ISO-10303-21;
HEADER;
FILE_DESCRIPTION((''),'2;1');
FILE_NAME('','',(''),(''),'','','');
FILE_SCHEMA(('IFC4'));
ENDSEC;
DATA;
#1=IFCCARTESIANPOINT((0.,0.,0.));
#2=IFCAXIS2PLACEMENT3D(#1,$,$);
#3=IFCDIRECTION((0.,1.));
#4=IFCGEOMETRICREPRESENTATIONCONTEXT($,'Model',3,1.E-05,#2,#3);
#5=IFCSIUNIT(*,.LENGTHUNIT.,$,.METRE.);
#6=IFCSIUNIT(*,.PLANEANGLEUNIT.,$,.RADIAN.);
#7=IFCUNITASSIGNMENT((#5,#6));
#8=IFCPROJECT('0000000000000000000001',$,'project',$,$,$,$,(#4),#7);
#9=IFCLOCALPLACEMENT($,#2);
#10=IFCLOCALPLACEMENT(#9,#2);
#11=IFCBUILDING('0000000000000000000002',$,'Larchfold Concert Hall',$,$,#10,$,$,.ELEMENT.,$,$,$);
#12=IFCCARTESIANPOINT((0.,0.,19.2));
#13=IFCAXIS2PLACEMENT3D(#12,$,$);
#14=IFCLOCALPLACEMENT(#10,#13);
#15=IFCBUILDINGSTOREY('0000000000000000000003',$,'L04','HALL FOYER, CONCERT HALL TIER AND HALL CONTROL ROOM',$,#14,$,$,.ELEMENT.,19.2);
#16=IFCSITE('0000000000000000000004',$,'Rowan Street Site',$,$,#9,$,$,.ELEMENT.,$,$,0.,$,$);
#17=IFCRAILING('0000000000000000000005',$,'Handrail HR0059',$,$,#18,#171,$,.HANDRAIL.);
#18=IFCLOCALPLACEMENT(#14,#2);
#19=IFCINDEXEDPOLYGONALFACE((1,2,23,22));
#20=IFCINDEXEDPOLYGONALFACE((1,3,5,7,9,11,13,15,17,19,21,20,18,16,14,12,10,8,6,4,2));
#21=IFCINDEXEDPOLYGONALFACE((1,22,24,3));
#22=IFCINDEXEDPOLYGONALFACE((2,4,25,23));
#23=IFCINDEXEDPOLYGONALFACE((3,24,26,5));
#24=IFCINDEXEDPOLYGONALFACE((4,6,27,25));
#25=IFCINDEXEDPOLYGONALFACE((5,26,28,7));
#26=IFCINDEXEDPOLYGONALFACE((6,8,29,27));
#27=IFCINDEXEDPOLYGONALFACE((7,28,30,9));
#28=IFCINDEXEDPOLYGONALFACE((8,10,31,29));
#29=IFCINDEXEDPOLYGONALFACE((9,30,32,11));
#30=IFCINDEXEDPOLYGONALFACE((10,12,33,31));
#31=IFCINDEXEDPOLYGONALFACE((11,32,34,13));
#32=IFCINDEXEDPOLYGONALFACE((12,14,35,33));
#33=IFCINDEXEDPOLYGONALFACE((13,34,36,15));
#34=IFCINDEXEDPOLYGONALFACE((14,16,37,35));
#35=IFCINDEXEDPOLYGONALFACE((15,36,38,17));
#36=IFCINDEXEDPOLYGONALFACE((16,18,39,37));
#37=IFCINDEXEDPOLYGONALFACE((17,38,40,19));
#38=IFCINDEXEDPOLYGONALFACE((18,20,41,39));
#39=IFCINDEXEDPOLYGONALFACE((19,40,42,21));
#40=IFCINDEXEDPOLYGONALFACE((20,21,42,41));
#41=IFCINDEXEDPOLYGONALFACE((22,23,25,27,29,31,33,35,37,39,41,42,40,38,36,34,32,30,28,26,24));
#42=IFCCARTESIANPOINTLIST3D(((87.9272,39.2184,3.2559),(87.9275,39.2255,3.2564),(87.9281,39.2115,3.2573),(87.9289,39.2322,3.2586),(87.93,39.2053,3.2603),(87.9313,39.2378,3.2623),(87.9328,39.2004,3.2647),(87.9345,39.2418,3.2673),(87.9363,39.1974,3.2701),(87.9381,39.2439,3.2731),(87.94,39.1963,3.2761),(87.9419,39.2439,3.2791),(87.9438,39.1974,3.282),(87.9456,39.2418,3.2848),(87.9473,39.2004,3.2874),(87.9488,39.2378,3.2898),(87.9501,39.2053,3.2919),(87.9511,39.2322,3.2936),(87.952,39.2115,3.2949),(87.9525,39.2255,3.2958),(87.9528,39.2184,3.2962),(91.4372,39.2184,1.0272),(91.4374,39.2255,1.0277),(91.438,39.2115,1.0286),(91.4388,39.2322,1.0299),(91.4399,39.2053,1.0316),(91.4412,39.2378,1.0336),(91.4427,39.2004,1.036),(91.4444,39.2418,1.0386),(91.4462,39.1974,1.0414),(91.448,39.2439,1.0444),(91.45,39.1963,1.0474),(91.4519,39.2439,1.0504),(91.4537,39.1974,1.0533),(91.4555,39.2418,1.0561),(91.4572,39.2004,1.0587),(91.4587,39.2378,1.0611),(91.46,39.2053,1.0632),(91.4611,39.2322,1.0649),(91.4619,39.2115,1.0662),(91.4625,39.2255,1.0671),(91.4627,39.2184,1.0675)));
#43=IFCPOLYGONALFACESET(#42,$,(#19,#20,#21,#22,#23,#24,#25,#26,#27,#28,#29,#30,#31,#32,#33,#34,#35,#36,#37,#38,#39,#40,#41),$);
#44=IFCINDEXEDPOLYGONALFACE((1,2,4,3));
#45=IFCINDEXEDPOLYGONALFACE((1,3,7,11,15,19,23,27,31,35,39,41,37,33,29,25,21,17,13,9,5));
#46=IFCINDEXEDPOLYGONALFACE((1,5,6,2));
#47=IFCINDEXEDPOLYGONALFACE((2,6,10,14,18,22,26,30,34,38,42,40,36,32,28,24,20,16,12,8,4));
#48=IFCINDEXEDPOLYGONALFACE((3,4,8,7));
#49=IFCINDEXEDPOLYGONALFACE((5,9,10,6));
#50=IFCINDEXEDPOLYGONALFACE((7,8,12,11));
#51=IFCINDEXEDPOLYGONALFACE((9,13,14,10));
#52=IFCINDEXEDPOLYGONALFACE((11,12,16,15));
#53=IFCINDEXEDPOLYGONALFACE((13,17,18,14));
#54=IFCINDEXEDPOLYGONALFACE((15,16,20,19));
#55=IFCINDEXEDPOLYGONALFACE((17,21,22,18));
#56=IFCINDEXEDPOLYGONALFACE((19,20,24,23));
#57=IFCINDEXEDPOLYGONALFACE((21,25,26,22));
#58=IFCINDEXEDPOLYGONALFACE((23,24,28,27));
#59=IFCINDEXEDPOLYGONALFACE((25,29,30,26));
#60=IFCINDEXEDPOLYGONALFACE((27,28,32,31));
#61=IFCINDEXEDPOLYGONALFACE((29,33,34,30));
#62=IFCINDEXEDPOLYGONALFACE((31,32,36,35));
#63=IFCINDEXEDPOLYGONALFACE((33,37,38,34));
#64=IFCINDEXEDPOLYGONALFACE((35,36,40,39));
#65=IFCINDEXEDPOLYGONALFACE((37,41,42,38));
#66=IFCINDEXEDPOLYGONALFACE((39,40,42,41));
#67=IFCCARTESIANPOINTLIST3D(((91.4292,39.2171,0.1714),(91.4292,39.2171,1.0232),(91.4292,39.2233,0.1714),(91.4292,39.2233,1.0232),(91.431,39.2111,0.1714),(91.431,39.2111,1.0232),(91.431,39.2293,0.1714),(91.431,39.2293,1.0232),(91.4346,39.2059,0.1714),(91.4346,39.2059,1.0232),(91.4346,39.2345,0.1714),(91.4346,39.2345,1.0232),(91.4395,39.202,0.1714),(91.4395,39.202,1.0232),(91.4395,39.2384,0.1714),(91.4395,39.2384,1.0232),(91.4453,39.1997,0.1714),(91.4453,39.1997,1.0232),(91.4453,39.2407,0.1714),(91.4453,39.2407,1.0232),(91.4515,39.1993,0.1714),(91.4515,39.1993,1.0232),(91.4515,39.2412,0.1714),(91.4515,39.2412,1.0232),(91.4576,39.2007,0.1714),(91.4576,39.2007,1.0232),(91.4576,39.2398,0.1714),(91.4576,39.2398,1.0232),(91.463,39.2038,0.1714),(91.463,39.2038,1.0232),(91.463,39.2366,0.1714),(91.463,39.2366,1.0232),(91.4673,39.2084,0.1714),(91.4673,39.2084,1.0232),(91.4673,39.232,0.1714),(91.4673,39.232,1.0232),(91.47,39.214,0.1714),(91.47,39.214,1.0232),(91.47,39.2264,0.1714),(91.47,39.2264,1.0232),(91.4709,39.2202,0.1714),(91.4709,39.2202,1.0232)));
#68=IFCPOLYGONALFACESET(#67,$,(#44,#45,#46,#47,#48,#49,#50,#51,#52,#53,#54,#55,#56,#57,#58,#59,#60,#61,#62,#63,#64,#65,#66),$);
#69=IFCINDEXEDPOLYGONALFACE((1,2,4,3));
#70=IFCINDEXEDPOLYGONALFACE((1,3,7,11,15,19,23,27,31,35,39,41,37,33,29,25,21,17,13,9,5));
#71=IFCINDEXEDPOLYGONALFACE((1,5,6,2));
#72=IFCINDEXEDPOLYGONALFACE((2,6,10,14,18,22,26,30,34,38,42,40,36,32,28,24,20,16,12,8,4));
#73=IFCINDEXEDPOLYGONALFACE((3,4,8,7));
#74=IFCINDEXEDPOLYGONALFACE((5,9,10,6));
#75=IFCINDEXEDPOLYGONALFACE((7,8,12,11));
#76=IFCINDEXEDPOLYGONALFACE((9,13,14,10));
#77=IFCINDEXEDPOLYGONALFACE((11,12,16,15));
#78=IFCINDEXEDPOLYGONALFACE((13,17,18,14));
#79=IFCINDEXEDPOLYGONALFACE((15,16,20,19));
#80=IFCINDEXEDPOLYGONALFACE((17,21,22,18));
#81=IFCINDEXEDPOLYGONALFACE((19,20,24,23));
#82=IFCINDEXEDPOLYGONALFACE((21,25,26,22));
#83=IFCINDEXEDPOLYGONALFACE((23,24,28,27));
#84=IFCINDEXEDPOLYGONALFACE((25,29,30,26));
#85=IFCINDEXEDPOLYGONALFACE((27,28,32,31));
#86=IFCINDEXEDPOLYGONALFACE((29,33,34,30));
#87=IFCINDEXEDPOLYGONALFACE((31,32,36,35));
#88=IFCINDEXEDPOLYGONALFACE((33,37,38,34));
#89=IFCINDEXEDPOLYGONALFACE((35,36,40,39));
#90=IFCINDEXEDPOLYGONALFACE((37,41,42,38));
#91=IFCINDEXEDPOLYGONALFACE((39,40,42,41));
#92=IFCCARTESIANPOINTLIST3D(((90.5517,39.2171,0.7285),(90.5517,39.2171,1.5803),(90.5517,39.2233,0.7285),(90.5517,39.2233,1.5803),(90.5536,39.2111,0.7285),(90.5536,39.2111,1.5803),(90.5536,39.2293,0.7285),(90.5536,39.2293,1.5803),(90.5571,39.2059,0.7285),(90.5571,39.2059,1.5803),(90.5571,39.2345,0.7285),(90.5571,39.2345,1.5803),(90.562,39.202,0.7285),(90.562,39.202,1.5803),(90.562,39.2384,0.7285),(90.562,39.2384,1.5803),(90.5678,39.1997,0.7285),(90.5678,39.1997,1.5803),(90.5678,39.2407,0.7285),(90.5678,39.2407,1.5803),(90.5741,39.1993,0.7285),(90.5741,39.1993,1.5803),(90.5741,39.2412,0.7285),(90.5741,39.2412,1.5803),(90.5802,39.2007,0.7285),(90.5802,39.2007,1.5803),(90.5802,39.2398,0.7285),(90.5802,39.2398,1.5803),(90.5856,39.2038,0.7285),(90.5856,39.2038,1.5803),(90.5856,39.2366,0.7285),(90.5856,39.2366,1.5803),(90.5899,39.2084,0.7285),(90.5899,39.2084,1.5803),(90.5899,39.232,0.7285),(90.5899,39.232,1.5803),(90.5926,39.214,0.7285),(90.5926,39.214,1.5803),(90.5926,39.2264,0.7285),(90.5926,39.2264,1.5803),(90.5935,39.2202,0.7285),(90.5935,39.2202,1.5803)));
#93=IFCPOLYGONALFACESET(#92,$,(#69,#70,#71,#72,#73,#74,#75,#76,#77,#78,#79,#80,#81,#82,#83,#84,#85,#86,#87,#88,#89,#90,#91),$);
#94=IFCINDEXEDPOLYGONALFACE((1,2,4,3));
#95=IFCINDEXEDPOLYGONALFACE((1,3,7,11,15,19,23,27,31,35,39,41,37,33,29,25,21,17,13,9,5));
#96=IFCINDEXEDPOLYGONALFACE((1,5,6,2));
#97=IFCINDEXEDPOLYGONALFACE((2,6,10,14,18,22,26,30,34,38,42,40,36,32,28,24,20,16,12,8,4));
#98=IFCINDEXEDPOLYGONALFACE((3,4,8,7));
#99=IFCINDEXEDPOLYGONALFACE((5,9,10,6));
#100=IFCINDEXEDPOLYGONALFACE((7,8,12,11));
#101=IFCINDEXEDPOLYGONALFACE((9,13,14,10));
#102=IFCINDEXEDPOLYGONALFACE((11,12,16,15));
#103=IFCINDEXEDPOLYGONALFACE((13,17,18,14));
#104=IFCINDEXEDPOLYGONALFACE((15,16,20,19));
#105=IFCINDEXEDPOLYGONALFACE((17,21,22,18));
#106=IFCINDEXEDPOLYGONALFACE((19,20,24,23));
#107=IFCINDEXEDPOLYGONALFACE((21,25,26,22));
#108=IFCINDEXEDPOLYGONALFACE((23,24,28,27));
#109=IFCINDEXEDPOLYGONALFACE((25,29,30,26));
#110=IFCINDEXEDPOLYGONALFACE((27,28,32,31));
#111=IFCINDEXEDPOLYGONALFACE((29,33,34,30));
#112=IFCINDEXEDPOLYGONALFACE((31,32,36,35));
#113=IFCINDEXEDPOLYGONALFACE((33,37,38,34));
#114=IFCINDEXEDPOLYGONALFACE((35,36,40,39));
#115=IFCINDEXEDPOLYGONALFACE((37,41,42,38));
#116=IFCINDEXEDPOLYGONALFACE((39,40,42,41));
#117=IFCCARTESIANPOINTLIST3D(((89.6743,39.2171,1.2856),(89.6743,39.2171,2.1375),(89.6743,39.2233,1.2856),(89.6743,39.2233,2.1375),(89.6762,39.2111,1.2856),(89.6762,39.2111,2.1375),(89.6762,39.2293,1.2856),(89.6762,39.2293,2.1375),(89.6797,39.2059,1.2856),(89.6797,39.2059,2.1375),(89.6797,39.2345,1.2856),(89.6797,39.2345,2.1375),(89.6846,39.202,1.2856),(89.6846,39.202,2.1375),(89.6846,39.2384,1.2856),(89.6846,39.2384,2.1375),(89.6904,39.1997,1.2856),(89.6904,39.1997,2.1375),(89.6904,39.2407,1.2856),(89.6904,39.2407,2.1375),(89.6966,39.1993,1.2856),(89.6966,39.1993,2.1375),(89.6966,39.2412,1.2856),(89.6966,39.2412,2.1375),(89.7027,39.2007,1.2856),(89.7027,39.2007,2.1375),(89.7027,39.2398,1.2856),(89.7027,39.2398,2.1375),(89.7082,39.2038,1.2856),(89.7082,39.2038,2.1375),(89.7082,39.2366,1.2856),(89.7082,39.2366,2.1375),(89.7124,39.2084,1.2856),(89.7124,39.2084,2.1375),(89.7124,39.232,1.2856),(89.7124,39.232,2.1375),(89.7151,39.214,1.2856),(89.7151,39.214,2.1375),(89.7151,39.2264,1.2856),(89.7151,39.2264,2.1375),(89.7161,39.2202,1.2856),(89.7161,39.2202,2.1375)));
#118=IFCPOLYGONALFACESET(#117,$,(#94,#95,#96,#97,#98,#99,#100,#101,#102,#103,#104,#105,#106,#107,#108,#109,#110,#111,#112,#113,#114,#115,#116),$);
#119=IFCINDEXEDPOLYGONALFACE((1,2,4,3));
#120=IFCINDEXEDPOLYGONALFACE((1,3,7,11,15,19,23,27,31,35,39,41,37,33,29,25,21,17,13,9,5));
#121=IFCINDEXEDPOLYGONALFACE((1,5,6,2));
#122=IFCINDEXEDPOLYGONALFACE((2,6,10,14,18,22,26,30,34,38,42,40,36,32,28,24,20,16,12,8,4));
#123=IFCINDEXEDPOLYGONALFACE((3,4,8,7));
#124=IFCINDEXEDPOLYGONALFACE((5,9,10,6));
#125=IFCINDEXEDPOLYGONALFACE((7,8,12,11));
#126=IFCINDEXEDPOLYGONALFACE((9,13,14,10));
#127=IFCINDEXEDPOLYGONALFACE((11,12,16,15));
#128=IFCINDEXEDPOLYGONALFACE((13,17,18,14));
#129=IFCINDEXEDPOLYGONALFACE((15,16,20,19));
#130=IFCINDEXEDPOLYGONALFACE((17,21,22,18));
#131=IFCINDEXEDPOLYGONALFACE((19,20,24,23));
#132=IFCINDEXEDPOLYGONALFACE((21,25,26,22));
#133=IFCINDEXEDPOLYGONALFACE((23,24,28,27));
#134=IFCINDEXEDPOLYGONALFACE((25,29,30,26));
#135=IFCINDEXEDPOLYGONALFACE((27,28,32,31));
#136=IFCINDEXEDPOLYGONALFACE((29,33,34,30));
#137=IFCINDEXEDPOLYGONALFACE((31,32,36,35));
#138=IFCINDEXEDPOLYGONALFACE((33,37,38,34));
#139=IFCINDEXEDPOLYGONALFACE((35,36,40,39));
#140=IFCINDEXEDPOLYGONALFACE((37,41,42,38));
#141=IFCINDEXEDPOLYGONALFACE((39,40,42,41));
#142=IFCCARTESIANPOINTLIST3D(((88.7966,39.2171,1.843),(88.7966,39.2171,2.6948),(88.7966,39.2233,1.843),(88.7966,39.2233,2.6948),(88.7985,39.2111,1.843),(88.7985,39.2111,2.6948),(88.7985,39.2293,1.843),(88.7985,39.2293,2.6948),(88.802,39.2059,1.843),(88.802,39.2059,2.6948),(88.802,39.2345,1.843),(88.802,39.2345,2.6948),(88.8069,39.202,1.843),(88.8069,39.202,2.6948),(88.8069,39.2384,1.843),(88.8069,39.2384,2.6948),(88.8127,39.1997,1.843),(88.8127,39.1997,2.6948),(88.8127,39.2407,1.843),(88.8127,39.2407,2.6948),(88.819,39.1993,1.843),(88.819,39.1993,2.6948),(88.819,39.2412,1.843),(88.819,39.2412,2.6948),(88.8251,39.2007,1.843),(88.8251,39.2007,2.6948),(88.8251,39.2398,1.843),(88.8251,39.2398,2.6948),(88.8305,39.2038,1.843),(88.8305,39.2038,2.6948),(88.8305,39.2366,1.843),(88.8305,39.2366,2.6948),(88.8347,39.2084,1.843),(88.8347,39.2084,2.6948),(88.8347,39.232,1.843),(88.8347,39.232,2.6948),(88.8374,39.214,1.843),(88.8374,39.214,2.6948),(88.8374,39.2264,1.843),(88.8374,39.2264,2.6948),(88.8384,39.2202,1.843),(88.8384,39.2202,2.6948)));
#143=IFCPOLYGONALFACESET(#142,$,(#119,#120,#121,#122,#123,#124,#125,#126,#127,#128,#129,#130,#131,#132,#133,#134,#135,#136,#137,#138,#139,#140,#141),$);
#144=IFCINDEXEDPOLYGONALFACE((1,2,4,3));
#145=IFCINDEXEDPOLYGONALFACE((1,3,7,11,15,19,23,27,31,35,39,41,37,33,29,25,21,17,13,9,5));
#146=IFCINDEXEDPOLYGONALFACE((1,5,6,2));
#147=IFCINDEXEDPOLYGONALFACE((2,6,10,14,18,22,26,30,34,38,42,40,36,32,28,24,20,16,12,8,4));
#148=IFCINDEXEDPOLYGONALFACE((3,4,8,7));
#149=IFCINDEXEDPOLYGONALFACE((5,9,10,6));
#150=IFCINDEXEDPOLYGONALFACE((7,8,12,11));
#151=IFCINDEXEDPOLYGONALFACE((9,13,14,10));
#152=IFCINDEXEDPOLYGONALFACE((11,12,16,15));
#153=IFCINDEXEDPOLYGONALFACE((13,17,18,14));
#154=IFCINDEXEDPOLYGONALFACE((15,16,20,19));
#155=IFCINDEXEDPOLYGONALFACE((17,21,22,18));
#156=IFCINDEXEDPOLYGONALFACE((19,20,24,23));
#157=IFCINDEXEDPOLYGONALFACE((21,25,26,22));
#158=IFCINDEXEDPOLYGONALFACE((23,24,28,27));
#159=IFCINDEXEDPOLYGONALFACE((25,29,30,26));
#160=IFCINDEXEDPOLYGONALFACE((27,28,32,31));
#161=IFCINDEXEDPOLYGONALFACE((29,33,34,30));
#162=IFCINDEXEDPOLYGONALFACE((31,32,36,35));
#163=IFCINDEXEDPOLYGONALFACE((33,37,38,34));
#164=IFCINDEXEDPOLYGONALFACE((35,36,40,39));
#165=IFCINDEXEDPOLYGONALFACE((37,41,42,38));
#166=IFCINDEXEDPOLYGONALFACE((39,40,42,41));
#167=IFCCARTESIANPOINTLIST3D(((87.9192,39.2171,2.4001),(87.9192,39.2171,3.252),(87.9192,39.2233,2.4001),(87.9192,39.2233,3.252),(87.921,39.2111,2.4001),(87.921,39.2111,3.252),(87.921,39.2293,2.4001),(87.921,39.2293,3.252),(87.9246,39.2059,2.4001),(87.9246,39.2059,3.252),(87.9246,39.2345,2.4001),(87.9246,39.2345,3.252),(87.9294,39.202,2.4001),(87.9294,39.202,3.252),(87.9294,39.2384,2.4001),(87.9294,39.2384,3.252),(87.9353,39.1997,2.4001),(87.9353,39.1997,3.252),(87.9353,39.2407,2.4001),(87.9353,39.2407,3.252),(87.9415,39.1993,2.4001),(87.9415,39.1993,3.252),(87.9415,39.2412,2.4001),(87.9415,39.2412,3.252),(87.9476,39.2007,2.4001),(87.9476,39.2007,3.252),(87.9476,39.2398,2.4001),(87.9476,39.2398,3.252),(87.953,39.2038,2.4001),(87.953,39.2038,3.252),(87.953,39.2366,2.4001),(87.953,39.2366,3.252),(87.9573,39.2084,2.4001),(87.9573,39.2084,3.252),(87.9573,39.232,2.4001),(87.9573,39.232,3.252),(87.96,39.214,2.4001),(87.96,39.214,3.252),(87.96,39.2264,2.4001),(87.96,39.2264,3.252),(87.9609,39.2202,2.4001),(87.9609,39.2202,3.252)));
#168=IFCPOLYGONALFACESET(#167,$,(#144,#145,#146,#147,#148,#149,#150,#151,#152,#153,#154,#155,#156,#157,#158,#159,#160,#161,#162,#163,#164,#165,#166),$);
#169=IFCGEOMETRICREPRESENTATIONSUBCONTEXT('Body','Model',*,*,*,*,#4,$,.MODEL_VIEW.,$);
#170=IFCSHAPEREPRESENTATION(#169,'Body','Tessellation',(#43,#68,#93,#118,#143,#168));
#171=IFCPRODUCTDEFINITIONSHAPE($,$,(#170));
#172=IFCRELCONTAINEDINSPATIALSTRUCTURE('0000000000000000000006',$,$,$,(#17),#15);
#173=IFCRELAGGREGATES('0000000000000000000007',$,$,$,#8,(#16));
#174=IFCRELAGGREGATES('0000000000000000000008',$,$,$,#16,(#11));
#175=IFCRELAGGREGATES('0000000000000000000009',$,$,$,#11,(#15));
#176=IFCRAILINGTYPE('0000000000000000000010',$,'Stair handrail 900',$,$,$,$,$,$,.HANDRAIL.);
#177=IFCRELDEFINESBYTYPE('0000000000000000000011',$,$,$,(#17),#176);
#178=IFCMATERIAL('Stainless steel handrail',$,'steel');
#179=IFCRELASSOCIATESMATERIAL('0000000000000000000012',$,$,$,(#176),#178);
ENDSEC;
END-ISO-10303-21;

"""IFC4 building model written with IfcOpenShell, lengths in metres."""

from ifc_helpers import new_model, si_unit, direction, frame, origin, origin_2d, place, context, subcontext, project, spatial, circle, extrude, material, type_object, element, save


model = new_model("IFC4")

# Units and contexts
model_context = context("Model", 3, precision=1e-05, world=origin(), true_north=direction((0.0, 1.0)))
body_context = subcontext(model_context, "Body", "Model", "MODEL_VIEW")
ifc_project = project(units=[si_unit("LENGTHUNIT", "METRE"), si_unit("PLANEANGLEUNIT", "RADIAN")], contexts=[model_context])

# Site, building, storey
site_placement = place(None, origin())
site = spatial("IfcSite", under=ifc_project, at=site_placement, Name="Rowan Street Site", CompositionType="ELEMENT", RefElevation=0.0)
building_placement = place(site_placement, origin())
building = spatial("IfcBuilding", under=site, at=building_placement, Name="Larchfold Concert Hall", CompositionType="ELEMENT")
storey_placement = place(building_placement, frame((0.0, 0.0, 19.2)))
storey = spatial("IfcBuildingStorey", under=building, at=storey_placement, Name="L04", Description="HALL FOYER, CONCERT HALL TIER AND HALL CONTROL ROOM", CompositionType="ELEMENT", Elevation=19.2)

# Railing
ifc_material_1 = material(Name="Stainless steel handrail", Category="steel")
railing_type_1 = type_object("IfcRailingType", Name="Stair handrail 900", PredefinedType="HANDRAIL", material=ifc_material_1)
railing_1_placement = place(storey_placement, frame((91.45, 39.2202, 0.1714)))
element("IfcRailing", 1, at=railing_1_placement, inside=storey, type_object=railing_type_1, Name="Handrail HR0059", PredefinedType="HANDRAIL", context=body_context, shape_type="SweptSolid", body=[
    extrude(circle(Radius=0.0239, at=origin_2d()), frame((0.0, 0.0, 0.876), z_axis=(-0.844193, 0.0, 0.536039), x_axis=(0.0, -1.0, 0.0)), (0.0, 0.0, 1.0), 4.1577),
    extrude(circle(Radius=0.021, at=origin_2d()), origin(), (0.0, 0.0, 1.0), 0.8518),
    extrude(circle(Radius=0.021, at=origin_2d()), frame((-0.8774, 0.0, 0.5571)), (0.0, 0.0, 1.0), 0.8518),
    extrude(circle(Radius=0.021, at=origin_2d()), frame((-1.7549, 0.0, 1.1143)), (0.0, 0.0, 1.0), 0.8518),
    extrude(circle(Radius=0.021, at=origin_2d()), frame((-2.6326, 0.0, 1.6716)), (0.0, 0.0, 1.0), 0.8518),
    extrude(circle(Radius=0.021, at=origin_2d()), frame((-3.51, 0.0, 2.2288)), (0.0, 0.0, 1.0), 0.8518),
])

save(model, "model.ifc")
